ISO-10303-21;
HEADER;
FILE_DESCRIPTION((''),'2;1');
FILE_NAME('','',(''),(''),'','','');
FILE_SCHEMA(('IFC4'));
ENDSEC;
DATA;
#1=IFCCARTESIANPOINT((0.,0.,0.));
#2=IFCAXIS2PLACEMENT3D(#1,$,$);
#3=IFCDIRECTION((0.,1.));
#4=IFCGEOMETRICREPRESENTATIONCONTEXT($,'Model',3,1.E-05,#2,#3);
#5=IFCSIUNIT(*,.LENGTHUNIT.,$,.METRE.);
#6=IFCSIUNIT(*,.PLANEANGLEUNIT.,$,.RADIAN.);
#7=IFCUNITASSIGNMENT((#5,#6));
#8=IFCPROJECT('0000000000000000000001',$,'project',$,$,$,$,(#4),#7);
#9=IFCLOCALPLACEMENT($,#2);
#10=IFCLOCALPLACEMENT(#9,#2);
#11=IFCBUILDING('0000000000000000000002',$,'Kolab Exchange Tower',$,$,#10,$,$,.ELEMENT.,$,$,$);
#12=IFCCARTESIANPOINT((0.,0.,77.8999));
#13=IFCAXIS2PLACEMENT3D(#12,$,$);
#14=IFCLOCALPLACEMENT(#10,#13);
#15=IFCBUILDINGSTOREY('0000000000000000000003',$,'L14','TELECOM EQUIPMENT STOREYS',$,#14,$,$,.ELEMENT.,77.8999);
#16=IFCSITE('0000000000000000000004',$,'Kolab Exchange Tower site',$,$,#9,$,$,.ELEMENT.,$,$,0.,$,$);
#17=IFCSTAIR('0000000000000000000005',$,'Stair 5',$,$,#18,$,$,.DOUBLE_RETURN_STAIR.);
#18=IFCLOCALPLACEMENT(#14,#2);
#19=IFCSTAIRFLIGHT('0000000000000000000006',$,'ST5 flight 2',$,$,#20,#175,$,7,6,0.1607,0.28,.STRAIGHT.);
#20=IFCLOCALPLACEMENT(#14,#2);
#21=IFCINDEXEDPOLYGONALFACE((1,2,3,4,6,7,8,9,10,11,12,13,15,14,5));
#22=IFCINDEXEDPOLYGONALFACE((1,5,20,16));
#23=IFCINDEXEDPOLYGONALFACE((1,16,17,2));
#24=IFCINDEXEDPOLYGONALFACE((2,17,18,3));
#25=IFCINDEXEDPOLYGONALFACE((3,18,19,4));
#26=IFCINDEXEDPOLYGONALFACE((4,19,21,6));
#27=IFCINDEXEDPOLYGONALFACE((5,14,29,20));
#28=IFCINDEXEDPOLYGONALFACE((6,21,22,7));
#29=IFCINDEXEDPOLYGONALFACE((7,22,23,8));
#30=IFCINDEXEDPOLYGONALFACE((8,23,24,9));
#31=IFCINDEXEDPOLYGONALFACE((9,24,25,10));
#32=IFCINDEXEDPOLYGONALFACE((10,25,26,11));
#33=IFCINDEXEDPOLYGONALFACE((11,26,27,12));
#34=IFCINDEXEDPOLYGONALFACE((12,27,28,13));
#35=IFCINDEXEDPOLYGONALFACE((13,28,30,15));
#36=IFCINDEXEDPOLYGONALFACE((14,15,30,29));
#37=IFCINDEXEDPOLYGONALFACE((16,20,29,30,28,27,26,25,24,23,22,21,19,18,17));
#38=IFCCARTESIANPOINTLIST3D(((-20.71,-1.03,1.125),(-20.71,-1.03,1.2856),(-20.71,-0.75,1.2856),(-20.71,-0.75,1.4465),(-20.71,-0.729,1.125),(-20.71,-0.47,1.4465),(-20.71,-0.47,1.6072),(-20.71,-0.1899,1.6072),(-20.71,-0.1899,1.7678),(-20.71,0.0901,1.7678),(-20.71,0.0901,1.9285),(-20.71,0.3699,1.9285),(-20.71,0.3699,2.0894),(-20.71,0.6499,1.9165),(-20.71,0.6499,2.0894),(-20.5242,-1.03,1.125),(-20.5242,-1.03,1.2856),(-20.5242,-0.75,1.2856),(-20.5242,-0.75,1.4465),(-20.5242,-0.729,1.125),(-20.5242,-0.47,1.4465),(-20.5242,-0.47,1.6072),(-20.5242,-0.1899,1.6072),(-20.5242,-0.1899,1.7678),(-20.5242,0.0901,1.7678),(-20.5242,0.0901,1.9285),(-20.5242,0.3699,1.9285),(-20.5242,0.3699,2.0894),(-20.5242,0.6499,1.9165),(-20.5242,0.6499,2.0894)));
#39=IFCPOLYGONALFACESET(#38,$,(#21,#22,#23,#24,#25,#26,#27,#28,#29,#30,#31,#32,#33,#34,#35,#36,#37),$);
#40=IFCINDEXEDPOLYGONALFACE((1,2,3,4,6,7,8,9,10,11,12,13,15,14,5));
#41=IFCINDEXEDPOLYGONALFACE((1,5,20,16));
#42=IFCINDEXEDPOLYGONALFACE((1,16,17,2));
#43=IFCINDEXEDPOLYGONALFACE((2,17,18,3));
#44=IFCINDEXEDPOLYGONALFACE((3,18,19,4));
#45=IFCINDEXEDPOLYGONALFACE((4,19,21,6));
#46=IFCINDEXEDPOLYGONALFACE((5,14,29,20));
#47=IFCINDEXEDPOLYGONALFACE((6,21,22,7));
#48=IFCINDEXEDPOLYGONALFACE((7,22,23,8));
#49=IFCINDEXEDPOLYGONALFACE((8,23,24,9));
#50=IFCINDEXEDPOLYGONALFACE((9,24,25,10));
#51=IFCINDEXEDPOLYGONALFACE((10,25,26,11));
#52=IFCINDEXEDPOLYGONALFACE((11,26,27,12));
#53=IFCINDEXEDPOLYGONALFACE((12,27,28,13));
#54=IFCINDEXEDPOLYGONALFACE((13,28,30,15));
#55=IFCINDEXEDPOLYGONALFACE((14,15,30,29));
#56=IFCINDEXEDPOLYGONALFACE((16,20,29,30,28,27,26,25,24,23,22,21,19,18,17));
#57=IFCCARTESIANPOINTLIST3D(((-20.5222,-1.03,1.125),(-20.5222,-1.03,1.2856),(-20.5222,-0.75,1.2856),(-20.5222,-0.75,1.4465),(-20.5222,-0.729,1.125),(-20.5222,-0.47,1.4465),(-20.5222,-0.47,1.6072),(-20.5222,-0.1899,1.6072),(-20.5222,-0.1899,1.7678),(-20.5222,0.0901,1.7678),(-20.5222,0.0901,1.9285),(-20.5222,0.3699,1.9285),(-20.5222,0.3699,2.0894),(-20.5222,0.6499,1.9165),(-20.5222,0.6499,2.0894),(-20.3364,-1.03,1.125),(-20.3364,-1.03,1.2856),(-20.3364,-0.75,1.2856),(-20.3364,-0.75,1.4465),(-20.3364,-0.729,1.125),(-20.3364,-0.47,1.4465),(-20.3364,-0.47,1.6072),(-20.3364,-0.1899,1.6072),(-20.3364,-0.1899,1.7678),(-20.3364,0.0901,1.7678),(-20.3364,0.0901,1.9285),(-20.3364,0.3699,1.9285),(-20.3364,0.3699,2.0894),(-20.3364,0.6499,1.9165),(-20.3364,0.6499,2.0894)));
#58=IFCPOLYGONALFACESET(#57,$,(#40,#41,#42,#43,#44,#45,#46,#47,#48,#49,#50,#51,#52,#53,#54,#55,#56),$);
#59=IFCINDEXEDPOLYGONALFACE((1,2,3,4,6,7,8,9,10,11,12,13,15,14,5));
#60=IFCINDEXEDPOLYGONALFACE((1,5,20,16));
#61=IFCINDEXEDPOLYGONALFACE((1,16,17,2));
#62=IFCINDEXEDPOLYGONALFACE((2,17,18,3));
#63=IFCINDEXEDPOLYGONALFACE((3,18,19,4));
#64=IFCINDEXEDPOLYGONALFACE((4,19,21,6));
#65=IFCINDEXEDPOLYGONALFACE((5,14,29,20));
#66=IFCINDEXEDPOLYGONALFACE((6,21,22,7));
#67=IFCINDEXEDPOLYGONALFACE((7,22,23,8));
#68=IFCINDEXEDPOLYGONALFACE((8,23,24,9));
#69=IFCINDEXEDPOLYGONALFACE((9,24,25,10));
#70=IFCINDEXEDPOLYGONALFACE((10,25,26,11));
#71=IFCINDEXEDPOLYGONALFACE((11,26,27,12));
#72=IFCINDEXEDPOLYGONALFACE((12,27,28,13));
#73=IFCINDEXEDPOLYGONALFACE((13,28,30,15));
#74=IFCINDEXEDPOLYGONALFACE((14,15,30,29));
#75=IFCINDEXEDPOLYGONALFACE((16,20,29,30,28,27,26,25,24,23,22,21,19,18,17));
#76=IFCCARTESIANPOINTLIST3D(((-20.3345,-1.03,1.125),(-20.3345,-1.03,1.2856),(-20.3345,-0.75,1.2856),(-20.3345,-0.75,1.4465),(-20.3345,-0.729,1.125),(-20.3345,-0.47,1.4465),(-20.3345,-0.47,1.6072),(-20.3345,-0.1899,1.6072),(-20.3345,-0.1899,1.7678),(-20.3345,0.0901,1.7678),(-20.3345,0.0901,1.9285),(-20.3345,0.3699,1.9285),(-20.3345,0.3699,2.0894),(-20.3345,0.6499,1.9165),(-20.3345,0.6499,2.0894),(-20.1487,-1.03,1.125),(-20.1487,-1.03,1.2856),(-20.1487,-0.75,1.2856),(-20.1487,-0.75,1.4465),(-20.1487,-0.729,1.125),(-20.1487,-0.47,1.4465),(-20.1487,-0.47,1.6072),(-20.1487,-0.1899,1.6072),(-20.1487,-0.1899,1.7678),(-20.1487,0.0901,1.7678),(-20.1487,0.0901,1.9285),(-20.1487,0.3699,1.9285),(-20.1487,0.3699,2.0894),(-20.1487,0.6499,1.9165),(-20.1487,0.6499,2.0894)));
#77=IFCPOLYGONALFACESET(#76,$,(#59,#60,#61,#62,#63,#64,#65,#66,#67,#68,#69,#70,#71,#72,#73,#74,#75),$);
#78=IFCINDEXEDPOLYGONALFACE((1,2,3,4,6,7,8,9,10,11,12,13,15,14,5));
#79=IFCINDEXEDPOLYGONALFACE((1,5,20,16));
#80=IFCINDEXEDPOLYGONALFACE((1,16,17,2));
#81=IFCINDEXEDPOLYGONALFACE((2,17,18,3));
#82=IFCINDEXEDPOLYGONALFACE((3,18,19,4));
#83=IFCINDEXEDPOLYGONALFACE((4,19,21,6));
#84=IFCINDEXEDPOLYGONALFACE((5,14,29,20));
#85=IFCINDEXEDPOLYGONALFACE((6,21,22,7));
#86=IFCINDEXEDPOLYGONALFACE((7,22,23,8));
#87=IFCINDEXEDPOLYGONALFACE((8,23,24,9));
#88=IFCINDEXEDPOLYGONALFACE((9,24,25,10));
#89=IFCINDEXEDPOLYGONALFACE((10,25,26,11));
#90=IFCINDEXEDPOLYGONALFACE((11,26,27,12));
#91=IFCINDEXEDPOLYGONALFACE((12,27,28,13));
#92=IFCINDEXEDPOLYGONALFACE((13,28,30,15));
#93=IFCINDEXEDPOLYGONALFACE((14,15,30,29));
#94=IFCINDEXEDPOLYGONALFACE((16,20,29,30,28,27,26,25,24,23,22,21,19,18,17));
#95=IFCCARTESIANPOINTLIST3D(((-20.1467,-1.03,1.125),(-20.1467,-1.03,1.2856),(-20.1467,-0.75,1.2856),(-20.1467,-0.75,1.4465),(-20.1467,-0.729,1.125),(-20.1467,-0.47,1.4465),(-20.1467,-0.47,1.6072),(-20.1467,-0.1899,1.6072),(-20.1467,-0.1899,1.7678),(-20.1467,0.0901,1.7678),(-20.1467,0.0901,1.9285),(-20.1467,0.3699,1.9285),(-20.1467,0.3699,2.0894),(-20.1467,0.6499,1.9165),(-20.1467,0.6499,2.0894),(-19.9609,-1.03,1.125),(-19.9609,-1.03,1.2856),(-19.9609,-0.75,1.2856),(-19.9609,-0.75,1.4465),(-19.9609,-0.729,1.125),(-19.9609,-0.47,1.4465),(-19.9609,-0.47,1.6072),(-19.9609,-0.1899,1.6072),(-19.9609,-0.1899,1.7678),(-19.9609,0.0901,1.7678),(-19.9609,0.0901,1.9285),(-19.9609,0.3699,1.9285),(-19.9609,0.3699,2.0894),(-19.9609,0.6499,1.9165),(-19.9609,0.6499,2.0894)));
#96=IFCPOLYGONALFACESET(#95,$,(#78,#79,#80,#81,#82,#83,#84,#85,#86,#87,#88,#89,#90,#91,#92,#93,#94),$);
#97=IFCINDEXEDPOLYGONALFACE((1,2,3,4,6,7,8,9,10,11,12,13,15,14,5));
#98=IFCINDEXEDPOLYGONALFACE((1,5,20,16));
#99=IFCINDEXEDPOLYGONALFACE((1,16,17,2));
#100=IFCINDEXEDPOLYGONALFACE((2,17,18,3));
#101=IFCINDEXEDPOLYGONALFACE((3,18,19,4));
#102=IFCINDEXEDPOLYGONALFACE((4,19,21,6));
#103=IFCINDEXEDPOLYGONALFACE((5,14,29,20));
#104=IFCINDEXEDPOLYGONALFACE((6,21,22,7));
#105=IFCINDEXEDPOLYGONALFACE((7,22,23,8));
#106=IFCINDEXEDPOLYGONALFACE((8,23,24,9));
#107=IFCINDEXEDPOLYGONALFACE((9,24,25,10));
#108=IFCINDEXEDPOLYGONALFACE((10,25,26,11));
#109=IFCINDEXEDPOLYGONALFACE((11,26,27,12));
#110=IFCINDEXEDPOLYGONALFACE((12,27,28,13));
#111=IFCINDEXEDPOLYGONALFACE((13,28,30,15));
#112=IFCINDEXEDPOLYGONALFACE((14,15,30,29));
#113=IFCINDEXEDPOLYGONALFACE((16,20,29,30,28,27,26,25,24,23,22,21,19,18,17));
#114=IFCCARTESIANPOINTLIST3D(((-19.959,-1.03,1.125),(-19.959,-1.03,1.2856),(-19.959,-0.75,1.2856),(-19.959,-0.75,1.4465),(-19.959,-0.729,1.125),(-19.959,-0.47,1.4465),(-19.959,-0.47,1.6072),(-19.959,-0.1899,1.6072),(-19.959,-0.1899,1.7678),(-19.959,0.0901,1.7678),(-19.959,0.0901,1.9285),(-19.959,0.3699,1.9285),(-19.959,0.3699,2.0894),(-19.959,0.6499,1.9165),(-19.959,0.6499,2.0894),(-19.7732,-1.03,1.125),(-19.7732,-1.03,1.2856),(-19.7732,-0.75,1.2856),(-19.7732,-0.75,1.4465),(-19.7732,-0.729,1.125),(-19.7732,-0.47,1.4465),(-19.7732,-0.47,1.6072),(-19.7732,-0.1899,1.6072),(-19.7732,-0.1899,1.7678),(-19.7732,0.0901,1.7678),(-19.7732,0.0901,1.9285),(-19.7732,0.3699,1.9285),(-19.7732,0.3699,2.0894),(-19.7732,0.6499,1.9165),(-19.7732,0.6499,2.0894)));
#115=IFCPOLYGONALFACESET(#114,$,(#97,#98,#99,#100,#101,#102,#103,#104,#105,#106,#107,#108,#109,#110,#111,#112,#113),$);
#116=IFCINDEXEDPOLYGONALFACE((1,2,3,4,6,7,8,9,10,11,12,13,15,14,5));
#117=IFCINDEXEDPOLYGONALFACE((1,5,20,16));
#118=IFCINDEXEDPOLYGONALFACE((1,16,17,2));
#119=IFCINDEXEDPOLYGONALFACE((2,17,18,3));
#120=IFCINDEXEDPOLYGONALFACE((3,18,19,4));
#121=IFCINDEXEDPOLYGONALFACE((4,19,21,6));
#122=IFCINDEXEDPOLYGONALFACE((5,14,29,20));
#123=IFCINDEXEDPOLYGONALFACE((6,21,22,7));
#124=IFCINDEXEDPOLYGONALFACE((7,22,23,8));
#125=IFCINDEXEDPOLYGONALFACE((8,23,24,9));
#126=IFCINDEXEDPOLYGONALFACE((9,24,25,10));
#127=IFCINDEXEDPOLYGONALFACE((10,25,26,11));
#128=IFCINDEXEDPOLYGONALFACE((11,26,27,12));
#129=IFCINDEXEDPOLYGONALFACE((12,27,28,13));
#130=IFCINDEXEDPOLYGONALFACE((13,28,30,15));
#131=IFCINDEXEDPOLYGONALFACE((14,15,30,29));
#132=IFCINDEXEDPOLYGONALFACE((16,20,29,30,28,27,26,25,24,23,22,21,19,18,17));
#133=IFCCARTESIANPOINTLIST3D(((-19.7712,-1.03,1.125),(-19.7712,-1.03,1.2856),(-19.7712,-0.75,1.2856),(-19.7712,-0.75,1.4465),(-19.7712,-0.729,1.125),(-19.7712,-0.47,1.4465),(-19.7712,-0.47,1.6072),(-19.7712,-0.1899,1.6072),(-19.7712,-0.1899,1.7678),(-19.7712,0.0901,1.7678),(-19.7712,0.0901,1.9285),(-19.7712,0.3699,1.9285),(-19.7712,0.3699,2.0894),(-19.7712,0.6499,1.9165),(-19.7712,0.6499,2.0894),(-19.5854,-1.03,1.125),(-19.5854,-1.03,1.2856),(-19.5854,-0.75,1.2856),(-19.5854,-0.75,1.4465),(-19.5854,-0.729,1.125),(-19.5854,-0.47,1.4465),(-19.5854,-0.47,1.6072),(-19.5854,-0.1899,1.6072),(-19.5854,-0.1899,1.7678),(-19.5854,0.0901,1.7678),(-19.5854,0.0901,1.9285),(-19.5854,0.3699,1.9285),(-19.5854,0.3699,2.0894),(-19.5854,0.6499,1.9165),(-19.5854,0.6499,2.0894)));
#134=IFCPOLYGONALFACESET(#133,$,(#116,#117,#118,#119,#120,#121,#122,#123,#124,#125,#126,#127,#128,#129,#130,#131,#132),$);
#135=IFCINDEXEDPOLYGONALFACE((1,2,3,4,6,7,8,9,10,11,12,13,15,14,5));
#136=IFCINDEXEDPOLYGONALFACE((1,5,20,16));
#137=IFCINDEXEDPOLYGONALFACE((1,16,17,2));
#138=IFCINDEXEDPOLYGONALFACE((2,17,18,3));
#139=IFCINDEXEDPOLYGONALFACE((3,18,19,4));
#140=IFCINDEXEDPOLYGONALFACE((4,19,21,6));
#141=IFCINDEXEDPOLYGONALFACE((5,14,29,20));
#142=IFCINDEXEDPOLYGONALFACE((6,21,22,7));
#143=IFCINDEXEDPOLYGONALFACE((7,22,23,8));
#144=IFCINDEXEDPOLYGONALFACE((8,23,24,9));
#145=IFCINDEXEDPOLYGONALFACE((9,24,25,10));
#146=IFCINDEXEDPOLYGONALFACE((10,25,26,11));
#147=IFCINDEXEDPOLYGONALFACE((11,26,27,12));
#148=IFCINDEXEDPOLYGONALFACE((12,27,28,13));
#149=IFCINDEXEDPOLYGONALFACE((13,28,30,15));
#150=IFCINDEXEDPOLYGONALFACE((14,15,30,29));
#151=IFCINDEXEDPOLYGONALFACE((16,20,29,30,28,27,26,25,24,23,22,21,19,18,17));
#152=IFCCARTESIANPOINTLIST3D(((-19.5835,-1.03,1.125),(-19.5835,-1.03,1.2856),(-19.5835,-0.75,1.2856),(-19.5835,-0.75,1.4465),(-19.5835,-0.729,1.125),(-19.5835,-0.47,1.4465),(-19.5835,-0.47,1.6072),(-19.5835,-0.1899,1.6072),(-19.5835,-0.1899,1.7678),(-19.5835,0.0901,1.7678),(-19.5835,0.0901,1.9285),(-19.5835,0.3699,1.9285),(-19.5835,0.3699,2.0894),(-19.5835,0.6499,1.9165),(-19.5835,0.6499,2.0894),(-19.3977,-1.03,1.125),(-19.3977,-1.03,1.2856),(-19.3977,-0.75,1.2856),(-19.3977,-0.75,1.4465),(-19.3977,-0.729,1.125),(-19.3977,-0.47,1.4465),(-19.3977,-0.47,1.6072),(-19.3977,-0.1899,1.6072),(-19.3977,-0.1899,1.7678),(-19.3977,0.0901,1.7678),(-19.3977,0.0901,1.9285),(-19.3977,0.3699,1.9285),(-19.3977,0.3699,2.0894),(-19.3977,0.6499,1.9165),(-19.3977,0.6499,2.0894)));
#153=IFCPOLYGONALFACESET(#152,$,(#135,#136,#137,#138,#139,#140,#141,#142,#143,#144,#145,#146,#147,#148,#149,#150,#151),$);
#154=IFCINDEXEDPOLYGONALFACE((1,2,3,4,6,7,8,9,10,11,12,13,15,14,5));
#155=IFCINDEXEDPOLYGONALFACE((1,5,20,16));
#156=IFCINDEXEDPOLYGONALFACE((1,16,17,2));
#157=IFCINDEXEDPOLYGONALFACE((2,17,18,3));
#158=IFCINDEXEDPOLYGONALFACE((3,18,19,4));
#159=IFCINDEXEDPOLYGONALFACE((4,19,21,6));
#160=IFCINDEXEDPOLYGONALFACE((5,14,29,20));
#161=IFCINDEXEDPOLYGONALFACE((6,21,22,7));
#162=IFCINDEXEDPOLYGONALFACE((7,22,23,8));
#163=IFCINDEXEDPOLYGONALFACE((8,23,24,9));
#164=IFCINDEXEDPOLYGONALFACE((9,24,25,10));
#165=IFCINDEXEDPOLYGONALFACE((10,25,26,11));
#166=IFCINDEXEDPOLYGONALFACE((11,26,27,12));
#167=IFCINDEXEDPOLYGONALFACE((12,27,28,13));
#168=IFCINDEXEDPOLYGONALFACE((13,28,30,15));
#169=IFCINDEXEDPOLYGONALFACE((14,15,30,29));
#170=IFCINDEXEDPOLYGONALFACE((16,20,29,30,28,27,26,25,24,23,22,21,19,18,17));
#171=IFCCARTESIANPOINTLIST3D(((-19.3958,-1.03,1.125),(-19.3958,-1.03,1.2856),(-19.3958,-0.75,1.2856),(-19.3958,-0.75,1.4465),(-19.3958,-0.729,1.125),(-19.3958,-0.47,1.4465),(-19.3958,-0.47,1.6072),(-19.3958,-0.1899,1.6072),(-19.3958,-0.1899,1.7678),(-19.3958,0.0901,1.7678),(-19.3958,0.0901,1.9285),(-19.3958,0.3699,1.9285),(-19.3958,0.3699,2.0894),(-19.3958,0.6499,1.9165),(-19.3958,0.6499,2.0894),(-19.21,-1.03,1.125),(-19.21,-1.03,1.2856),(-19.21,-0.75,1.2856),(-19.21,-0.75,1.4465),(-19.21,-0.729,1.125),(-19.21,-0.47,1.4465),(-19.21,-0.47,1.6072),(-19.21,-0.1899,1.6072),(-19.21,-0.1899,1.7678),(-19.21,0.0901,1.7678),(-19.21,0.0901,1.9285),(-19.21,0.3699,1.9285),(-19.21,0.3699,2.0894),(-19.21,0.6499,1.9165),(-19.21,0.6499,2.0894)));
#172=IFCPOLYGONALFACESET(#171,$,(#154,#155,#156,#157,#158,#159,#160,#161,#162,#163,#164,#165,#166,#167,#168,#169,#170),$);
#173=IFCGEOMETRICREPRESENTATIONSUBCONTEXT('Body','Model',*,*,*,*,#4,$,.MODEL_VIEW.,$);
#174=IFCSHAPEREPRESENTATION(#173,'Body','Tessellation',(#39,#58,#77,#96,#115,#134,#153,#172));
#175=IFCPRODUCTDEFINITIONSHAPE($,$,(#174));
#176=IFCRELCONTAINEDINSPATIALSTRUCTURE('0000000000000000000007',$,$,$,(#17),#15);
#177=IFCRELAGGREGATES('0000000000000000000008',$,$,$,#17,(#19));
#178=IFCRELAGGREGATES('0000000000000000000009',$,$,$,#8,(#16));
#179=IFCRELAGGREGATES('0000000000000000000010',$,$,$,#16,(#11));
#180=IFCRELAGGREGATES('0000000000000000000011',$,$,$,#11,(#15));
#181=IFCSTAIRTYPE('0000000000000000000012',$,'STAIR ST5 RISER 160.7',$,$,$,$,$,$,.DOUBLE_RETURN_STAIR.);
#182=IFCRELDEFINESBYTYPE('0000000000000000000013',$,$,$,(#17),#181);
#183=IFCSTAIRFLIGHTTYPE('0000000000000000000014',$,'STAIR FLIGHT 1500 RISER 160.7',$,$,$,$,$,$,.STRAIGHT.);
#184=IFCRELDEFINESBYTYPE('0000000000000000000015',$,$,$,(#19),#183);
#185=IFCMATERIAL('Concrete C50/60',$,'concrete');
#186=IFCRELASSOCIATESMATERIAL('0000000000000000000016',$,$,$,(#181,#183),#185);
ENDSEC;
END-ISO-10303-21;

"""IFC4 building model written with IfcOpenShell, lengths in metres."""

from ifc_helpers import new_model, si_unit, direction, frame, origin, place, context, subcontext, project, spatial, polyline, outline, extrude, material, type_object, element, aggregate, save


model = new_model("IFC4")

# Units and contexts
model_context = context("Model", 3, precision=1e-05, world=origin(), true_north=direction((0.0, 1.0)))
body_context = subcontext(model_context, "Body", "Model", "MODEL_VIEW")
ifc_project = project(units=[si_unit("LENGTHUNIT", "METRE"), si_unit("PLANEANGLEUNIT", "RADIAN")], contexts=[model_context])

# Site, building, storey
site_placement = place(None, origin())
site = spatial("IfcSite", under=ifc_project, at=site_placement, Name="Kolab Exchange Tower site", CompositionType="ELEMENT", RefElevation=0.0)
building_placement = place(site_placement, origin())
building = spatial("IfcBuilding", under=site, at=building_placement, Name="Kolab Exchange Tower", CompositionType="ELEMENT")
storey_placement = place(building_placement, frame((0.0, 0.0, 77.8999)))
storey = spatial("IfcBuildingStorey", under=building, at=storey_placement, Name="L14", Description="TELECOM EQUIPMENT STOREYS", CompositionType="ELEMENT", Elevation=77.8999)

# Shared definitions
ifc_material_1 = material(Name="Concrete C50/60", Category="concrete")

# Stair, stair flight
stair_type = type_object("IfcStairType", Name="STAIR ST5 RISER 160.7", PredefinedType="DOUBLE_RETURN_STAIR", material=ifc_material_1)
stair_placement = place(storey_placement, origin())
stair = element("IfcStair", 1, at=stair_placement, inside=storey, type_object=stair_type, Name="Stair 5", PredefinedType="DOUBLE_RETURN_STAIR")
stair_flight_type = type_object("IfcStairFlightType", Name="STAIR FLIGHT 1500 RISER 160.7", PredefinedType="STRAIGHT", material=ifc_material_1)
stair_flight_1_placement = place(storey_placement, frame((-19.96, -1.03, 1.125), z_axis=(0.0, 0.0, 1.0), x_axis=(0.0, 1.0, 0.0)))
stair_flight_1 = element("IfcStairFlight", 2, at=stair_flight_1_placement, type_object=stair_flight_type, Name="ST5 flight 2", NumberOfRisers=7, NumberOfTreads=6, PredefinedType="STRAIGHT", RiserHeight=0.1607, TreadLength=0.28, context=body_context, shape_type="SweptSolid", body=[
    extrude(outline(polyline([(0.0, 0.0), (0.0, 0.1606), (0.28, 0.1606), (0.28, 0.3215), (0.5601, 0.3215), (0.5601, 0.4822), (0.8401, 0.4822), (0.8401, 0.6428), (1.1201, 0.6428), (1.1201, 0.8035), (1.3999, 0.8035), (1.3999, 0.9644), (1.6799, 0.9644), (1.6799, 1.125), (1.6799, 0.7915), (0.301, 0.0), (0.0, 0.0)])), frame((0.0, 0.75, 0.0), z_axis=(0.0, -1.0, 0.0), x_axis=(1.0, 0.0, 0.0)), (0.0, 0.0, 1.0), 0.1858),
    extrude(outline(polyline([(0.0, 0.0), (0.0, 0.1606), (0.28, 0.1606), (0.28, 0.3215), (0.5601, 0.3215), (0.5601, 0.4822), (0.8401, 0.4822), (0.8401, 0.6428), (1.1201, 0.6428), (1.1201, 0.8035), (1.3999, 0.8035), (1.3999, 0.9644), (1.6799, 0.9644), (1.6799, 1.125), (1.6799, 0.7915), (0.301, 0.0), (0.0, 0.0)])), frame((0.0, 0.5623, 0.0), z_axis=(0.0, -1.0, 0.0), x_axis=(1.0, 0.0, 0.0)), (0.0, 0.0, 1.0), 0.1858),
    extrude(outline(polyline([(0.0, 0.0), (0.0, 0.1606), (0.28, 0.1606), (0.28, 0.3215), (0.5601, 0.3215), (0.5601, 0.4822), (0.8401, 0.4822), (0.8401, 0.6428), (1.1201, 0.6428), (1.1201, 0.8035), (1.3999, 0.8035), (1.3999, 0.9644), (1.6799, 0.9644), (1.6799, 1.125), (1.6799, 0.7915), (0.301, 0.0), (0.0, 0.0)])), frame((0.0, 0.3745, 0.0), z_axis=(0.0, -1.0, 0.0), x_axis=(1.0, 0.0, 0.0)), (0.0, 0.0, 1.0), 0.1858),
    extrude(outline(polyline([(0.0, 0.0), (0.0, 0.1606), (0.28, 0.1606), (0.28, 0.3215), (0.5601, 0.3215), (0.5601, 0.4822), (0.8401, 0.4822), (0.8401, 0.6428), (1.1201, 0.6428), (1.1201, 0.8035), (1.3999, 0.8035), (1.3999, 0.9644), (1.6799, 0.9644), (1.6799, 1.125), (1.6799, 0.7915), (0.301, 0.0), (0.0, 0.0)])), frame((0.0, 0.1868, 0.0), z_axis=(0.0, -1.0, 0.0), x_axis=(1.0, 0.0, 0.0)), (0.0, 0.0, 1.0), 0.1858),
    extrude(outline(polyline([(0.0, 0.0), (0.0, 0.1606), (0.28, 0.1606), (0.28, 0.3215), (0.5601, 0.3215), (0.5601, 0.4822), (0.8401, 0.4822), (0.8401, 0.6428), (1.1201, 0.6428), (1.1201, 0.8035), (1.3999, 0.8035), (1.3999, 0.9644), (1.6799, 0.9644), (1.6799, 1.125), (1.6799, 0.7915), (0.301, 0.0), (0.0, 0.0)])), frame((0.0, -0.001, 0.0), z_axis=(0.0, -1.0, 0.0), x_axis=(1.0, 0.0, 0.0)), (0.0, 0.0, 1.0), 0.1858),
    extrude(outline(polyline([(0.0, 0.0), (0.0, 0.1606), (0.28, 0.1606), (0.28, 0.3215), (0.5601, 0.3215), (0.5601, 0.4822), (0.8401, 0.4822), (0.8401, 0.6428), (1.1201, 0.6428), (1.1201, 0.8035), (1.3999, 0.8035), (1.3999, 0.9644), (1.6799, 0.9644), (1.6799, 1.125), (1.6799, 0.7915), (0.301, 0.0), (0.0, 0.0)])), frame((0.0, -0.1887, 0.0), z_axis=(0.0, -1.0, 0.0), x_axis=(1.0, 0.0, 0.0)), (0.0, 0.0, 1.0), 0.1858),
    extrude(outline(polyline([(0.0, 0.0), (0.0, 0.1606), (0.28, 0.1606), (0.28, 0.3215), (0.5601, 0.3215), (0.5601, 0.4822), (0.8401, 0.4822), (0.8401, 0.6428), (1.1201, 0.6428), (1.1201, 0.8035), (1.3999, 0.8035), (1.3999, 0.9644), (1.6799, 0.9644), (1.6799, 1.125), (1.6799, 0.7915), (0.301, 0.0), (0.0, 0.0)])), frame((0.0, -0.3765, 0.0), z_axis=(0.0, -1.0, 0.0), x_axis=(1.0, 0.0, 0.0)), (0.0, 0.0, 1.0), 0.1858),
    extrude(outline(polyline([(0.0, 0.0), (0.0, 0.1606), (0.28, 0.1606), (0.28, 0.3215), (0.5601, 0.3215), (0.5601, 0.4822), (0.8401, 0.4822), (0.8401, 0.6428), (1.1201, 0.6428), (1.1201, 0.8035), (1.3999, 0.8035), (1.3999, 0.9644), (1.6799, 0.9644), (1.6799, 1.125), (1.6799, 0.7915), (0.301, 0.0), (0.0, 0.0)])), frame((0.0, -0.5642, 0.0), z_axis=(0.0, -1.0, 0.0), x_axis=(1.0, 0.0, 0.0)), (0.0, 0.0, 1.0), 0.1858),
])
aggregate(stair, [stair_flight_1])

save(model, "model.ifc")
